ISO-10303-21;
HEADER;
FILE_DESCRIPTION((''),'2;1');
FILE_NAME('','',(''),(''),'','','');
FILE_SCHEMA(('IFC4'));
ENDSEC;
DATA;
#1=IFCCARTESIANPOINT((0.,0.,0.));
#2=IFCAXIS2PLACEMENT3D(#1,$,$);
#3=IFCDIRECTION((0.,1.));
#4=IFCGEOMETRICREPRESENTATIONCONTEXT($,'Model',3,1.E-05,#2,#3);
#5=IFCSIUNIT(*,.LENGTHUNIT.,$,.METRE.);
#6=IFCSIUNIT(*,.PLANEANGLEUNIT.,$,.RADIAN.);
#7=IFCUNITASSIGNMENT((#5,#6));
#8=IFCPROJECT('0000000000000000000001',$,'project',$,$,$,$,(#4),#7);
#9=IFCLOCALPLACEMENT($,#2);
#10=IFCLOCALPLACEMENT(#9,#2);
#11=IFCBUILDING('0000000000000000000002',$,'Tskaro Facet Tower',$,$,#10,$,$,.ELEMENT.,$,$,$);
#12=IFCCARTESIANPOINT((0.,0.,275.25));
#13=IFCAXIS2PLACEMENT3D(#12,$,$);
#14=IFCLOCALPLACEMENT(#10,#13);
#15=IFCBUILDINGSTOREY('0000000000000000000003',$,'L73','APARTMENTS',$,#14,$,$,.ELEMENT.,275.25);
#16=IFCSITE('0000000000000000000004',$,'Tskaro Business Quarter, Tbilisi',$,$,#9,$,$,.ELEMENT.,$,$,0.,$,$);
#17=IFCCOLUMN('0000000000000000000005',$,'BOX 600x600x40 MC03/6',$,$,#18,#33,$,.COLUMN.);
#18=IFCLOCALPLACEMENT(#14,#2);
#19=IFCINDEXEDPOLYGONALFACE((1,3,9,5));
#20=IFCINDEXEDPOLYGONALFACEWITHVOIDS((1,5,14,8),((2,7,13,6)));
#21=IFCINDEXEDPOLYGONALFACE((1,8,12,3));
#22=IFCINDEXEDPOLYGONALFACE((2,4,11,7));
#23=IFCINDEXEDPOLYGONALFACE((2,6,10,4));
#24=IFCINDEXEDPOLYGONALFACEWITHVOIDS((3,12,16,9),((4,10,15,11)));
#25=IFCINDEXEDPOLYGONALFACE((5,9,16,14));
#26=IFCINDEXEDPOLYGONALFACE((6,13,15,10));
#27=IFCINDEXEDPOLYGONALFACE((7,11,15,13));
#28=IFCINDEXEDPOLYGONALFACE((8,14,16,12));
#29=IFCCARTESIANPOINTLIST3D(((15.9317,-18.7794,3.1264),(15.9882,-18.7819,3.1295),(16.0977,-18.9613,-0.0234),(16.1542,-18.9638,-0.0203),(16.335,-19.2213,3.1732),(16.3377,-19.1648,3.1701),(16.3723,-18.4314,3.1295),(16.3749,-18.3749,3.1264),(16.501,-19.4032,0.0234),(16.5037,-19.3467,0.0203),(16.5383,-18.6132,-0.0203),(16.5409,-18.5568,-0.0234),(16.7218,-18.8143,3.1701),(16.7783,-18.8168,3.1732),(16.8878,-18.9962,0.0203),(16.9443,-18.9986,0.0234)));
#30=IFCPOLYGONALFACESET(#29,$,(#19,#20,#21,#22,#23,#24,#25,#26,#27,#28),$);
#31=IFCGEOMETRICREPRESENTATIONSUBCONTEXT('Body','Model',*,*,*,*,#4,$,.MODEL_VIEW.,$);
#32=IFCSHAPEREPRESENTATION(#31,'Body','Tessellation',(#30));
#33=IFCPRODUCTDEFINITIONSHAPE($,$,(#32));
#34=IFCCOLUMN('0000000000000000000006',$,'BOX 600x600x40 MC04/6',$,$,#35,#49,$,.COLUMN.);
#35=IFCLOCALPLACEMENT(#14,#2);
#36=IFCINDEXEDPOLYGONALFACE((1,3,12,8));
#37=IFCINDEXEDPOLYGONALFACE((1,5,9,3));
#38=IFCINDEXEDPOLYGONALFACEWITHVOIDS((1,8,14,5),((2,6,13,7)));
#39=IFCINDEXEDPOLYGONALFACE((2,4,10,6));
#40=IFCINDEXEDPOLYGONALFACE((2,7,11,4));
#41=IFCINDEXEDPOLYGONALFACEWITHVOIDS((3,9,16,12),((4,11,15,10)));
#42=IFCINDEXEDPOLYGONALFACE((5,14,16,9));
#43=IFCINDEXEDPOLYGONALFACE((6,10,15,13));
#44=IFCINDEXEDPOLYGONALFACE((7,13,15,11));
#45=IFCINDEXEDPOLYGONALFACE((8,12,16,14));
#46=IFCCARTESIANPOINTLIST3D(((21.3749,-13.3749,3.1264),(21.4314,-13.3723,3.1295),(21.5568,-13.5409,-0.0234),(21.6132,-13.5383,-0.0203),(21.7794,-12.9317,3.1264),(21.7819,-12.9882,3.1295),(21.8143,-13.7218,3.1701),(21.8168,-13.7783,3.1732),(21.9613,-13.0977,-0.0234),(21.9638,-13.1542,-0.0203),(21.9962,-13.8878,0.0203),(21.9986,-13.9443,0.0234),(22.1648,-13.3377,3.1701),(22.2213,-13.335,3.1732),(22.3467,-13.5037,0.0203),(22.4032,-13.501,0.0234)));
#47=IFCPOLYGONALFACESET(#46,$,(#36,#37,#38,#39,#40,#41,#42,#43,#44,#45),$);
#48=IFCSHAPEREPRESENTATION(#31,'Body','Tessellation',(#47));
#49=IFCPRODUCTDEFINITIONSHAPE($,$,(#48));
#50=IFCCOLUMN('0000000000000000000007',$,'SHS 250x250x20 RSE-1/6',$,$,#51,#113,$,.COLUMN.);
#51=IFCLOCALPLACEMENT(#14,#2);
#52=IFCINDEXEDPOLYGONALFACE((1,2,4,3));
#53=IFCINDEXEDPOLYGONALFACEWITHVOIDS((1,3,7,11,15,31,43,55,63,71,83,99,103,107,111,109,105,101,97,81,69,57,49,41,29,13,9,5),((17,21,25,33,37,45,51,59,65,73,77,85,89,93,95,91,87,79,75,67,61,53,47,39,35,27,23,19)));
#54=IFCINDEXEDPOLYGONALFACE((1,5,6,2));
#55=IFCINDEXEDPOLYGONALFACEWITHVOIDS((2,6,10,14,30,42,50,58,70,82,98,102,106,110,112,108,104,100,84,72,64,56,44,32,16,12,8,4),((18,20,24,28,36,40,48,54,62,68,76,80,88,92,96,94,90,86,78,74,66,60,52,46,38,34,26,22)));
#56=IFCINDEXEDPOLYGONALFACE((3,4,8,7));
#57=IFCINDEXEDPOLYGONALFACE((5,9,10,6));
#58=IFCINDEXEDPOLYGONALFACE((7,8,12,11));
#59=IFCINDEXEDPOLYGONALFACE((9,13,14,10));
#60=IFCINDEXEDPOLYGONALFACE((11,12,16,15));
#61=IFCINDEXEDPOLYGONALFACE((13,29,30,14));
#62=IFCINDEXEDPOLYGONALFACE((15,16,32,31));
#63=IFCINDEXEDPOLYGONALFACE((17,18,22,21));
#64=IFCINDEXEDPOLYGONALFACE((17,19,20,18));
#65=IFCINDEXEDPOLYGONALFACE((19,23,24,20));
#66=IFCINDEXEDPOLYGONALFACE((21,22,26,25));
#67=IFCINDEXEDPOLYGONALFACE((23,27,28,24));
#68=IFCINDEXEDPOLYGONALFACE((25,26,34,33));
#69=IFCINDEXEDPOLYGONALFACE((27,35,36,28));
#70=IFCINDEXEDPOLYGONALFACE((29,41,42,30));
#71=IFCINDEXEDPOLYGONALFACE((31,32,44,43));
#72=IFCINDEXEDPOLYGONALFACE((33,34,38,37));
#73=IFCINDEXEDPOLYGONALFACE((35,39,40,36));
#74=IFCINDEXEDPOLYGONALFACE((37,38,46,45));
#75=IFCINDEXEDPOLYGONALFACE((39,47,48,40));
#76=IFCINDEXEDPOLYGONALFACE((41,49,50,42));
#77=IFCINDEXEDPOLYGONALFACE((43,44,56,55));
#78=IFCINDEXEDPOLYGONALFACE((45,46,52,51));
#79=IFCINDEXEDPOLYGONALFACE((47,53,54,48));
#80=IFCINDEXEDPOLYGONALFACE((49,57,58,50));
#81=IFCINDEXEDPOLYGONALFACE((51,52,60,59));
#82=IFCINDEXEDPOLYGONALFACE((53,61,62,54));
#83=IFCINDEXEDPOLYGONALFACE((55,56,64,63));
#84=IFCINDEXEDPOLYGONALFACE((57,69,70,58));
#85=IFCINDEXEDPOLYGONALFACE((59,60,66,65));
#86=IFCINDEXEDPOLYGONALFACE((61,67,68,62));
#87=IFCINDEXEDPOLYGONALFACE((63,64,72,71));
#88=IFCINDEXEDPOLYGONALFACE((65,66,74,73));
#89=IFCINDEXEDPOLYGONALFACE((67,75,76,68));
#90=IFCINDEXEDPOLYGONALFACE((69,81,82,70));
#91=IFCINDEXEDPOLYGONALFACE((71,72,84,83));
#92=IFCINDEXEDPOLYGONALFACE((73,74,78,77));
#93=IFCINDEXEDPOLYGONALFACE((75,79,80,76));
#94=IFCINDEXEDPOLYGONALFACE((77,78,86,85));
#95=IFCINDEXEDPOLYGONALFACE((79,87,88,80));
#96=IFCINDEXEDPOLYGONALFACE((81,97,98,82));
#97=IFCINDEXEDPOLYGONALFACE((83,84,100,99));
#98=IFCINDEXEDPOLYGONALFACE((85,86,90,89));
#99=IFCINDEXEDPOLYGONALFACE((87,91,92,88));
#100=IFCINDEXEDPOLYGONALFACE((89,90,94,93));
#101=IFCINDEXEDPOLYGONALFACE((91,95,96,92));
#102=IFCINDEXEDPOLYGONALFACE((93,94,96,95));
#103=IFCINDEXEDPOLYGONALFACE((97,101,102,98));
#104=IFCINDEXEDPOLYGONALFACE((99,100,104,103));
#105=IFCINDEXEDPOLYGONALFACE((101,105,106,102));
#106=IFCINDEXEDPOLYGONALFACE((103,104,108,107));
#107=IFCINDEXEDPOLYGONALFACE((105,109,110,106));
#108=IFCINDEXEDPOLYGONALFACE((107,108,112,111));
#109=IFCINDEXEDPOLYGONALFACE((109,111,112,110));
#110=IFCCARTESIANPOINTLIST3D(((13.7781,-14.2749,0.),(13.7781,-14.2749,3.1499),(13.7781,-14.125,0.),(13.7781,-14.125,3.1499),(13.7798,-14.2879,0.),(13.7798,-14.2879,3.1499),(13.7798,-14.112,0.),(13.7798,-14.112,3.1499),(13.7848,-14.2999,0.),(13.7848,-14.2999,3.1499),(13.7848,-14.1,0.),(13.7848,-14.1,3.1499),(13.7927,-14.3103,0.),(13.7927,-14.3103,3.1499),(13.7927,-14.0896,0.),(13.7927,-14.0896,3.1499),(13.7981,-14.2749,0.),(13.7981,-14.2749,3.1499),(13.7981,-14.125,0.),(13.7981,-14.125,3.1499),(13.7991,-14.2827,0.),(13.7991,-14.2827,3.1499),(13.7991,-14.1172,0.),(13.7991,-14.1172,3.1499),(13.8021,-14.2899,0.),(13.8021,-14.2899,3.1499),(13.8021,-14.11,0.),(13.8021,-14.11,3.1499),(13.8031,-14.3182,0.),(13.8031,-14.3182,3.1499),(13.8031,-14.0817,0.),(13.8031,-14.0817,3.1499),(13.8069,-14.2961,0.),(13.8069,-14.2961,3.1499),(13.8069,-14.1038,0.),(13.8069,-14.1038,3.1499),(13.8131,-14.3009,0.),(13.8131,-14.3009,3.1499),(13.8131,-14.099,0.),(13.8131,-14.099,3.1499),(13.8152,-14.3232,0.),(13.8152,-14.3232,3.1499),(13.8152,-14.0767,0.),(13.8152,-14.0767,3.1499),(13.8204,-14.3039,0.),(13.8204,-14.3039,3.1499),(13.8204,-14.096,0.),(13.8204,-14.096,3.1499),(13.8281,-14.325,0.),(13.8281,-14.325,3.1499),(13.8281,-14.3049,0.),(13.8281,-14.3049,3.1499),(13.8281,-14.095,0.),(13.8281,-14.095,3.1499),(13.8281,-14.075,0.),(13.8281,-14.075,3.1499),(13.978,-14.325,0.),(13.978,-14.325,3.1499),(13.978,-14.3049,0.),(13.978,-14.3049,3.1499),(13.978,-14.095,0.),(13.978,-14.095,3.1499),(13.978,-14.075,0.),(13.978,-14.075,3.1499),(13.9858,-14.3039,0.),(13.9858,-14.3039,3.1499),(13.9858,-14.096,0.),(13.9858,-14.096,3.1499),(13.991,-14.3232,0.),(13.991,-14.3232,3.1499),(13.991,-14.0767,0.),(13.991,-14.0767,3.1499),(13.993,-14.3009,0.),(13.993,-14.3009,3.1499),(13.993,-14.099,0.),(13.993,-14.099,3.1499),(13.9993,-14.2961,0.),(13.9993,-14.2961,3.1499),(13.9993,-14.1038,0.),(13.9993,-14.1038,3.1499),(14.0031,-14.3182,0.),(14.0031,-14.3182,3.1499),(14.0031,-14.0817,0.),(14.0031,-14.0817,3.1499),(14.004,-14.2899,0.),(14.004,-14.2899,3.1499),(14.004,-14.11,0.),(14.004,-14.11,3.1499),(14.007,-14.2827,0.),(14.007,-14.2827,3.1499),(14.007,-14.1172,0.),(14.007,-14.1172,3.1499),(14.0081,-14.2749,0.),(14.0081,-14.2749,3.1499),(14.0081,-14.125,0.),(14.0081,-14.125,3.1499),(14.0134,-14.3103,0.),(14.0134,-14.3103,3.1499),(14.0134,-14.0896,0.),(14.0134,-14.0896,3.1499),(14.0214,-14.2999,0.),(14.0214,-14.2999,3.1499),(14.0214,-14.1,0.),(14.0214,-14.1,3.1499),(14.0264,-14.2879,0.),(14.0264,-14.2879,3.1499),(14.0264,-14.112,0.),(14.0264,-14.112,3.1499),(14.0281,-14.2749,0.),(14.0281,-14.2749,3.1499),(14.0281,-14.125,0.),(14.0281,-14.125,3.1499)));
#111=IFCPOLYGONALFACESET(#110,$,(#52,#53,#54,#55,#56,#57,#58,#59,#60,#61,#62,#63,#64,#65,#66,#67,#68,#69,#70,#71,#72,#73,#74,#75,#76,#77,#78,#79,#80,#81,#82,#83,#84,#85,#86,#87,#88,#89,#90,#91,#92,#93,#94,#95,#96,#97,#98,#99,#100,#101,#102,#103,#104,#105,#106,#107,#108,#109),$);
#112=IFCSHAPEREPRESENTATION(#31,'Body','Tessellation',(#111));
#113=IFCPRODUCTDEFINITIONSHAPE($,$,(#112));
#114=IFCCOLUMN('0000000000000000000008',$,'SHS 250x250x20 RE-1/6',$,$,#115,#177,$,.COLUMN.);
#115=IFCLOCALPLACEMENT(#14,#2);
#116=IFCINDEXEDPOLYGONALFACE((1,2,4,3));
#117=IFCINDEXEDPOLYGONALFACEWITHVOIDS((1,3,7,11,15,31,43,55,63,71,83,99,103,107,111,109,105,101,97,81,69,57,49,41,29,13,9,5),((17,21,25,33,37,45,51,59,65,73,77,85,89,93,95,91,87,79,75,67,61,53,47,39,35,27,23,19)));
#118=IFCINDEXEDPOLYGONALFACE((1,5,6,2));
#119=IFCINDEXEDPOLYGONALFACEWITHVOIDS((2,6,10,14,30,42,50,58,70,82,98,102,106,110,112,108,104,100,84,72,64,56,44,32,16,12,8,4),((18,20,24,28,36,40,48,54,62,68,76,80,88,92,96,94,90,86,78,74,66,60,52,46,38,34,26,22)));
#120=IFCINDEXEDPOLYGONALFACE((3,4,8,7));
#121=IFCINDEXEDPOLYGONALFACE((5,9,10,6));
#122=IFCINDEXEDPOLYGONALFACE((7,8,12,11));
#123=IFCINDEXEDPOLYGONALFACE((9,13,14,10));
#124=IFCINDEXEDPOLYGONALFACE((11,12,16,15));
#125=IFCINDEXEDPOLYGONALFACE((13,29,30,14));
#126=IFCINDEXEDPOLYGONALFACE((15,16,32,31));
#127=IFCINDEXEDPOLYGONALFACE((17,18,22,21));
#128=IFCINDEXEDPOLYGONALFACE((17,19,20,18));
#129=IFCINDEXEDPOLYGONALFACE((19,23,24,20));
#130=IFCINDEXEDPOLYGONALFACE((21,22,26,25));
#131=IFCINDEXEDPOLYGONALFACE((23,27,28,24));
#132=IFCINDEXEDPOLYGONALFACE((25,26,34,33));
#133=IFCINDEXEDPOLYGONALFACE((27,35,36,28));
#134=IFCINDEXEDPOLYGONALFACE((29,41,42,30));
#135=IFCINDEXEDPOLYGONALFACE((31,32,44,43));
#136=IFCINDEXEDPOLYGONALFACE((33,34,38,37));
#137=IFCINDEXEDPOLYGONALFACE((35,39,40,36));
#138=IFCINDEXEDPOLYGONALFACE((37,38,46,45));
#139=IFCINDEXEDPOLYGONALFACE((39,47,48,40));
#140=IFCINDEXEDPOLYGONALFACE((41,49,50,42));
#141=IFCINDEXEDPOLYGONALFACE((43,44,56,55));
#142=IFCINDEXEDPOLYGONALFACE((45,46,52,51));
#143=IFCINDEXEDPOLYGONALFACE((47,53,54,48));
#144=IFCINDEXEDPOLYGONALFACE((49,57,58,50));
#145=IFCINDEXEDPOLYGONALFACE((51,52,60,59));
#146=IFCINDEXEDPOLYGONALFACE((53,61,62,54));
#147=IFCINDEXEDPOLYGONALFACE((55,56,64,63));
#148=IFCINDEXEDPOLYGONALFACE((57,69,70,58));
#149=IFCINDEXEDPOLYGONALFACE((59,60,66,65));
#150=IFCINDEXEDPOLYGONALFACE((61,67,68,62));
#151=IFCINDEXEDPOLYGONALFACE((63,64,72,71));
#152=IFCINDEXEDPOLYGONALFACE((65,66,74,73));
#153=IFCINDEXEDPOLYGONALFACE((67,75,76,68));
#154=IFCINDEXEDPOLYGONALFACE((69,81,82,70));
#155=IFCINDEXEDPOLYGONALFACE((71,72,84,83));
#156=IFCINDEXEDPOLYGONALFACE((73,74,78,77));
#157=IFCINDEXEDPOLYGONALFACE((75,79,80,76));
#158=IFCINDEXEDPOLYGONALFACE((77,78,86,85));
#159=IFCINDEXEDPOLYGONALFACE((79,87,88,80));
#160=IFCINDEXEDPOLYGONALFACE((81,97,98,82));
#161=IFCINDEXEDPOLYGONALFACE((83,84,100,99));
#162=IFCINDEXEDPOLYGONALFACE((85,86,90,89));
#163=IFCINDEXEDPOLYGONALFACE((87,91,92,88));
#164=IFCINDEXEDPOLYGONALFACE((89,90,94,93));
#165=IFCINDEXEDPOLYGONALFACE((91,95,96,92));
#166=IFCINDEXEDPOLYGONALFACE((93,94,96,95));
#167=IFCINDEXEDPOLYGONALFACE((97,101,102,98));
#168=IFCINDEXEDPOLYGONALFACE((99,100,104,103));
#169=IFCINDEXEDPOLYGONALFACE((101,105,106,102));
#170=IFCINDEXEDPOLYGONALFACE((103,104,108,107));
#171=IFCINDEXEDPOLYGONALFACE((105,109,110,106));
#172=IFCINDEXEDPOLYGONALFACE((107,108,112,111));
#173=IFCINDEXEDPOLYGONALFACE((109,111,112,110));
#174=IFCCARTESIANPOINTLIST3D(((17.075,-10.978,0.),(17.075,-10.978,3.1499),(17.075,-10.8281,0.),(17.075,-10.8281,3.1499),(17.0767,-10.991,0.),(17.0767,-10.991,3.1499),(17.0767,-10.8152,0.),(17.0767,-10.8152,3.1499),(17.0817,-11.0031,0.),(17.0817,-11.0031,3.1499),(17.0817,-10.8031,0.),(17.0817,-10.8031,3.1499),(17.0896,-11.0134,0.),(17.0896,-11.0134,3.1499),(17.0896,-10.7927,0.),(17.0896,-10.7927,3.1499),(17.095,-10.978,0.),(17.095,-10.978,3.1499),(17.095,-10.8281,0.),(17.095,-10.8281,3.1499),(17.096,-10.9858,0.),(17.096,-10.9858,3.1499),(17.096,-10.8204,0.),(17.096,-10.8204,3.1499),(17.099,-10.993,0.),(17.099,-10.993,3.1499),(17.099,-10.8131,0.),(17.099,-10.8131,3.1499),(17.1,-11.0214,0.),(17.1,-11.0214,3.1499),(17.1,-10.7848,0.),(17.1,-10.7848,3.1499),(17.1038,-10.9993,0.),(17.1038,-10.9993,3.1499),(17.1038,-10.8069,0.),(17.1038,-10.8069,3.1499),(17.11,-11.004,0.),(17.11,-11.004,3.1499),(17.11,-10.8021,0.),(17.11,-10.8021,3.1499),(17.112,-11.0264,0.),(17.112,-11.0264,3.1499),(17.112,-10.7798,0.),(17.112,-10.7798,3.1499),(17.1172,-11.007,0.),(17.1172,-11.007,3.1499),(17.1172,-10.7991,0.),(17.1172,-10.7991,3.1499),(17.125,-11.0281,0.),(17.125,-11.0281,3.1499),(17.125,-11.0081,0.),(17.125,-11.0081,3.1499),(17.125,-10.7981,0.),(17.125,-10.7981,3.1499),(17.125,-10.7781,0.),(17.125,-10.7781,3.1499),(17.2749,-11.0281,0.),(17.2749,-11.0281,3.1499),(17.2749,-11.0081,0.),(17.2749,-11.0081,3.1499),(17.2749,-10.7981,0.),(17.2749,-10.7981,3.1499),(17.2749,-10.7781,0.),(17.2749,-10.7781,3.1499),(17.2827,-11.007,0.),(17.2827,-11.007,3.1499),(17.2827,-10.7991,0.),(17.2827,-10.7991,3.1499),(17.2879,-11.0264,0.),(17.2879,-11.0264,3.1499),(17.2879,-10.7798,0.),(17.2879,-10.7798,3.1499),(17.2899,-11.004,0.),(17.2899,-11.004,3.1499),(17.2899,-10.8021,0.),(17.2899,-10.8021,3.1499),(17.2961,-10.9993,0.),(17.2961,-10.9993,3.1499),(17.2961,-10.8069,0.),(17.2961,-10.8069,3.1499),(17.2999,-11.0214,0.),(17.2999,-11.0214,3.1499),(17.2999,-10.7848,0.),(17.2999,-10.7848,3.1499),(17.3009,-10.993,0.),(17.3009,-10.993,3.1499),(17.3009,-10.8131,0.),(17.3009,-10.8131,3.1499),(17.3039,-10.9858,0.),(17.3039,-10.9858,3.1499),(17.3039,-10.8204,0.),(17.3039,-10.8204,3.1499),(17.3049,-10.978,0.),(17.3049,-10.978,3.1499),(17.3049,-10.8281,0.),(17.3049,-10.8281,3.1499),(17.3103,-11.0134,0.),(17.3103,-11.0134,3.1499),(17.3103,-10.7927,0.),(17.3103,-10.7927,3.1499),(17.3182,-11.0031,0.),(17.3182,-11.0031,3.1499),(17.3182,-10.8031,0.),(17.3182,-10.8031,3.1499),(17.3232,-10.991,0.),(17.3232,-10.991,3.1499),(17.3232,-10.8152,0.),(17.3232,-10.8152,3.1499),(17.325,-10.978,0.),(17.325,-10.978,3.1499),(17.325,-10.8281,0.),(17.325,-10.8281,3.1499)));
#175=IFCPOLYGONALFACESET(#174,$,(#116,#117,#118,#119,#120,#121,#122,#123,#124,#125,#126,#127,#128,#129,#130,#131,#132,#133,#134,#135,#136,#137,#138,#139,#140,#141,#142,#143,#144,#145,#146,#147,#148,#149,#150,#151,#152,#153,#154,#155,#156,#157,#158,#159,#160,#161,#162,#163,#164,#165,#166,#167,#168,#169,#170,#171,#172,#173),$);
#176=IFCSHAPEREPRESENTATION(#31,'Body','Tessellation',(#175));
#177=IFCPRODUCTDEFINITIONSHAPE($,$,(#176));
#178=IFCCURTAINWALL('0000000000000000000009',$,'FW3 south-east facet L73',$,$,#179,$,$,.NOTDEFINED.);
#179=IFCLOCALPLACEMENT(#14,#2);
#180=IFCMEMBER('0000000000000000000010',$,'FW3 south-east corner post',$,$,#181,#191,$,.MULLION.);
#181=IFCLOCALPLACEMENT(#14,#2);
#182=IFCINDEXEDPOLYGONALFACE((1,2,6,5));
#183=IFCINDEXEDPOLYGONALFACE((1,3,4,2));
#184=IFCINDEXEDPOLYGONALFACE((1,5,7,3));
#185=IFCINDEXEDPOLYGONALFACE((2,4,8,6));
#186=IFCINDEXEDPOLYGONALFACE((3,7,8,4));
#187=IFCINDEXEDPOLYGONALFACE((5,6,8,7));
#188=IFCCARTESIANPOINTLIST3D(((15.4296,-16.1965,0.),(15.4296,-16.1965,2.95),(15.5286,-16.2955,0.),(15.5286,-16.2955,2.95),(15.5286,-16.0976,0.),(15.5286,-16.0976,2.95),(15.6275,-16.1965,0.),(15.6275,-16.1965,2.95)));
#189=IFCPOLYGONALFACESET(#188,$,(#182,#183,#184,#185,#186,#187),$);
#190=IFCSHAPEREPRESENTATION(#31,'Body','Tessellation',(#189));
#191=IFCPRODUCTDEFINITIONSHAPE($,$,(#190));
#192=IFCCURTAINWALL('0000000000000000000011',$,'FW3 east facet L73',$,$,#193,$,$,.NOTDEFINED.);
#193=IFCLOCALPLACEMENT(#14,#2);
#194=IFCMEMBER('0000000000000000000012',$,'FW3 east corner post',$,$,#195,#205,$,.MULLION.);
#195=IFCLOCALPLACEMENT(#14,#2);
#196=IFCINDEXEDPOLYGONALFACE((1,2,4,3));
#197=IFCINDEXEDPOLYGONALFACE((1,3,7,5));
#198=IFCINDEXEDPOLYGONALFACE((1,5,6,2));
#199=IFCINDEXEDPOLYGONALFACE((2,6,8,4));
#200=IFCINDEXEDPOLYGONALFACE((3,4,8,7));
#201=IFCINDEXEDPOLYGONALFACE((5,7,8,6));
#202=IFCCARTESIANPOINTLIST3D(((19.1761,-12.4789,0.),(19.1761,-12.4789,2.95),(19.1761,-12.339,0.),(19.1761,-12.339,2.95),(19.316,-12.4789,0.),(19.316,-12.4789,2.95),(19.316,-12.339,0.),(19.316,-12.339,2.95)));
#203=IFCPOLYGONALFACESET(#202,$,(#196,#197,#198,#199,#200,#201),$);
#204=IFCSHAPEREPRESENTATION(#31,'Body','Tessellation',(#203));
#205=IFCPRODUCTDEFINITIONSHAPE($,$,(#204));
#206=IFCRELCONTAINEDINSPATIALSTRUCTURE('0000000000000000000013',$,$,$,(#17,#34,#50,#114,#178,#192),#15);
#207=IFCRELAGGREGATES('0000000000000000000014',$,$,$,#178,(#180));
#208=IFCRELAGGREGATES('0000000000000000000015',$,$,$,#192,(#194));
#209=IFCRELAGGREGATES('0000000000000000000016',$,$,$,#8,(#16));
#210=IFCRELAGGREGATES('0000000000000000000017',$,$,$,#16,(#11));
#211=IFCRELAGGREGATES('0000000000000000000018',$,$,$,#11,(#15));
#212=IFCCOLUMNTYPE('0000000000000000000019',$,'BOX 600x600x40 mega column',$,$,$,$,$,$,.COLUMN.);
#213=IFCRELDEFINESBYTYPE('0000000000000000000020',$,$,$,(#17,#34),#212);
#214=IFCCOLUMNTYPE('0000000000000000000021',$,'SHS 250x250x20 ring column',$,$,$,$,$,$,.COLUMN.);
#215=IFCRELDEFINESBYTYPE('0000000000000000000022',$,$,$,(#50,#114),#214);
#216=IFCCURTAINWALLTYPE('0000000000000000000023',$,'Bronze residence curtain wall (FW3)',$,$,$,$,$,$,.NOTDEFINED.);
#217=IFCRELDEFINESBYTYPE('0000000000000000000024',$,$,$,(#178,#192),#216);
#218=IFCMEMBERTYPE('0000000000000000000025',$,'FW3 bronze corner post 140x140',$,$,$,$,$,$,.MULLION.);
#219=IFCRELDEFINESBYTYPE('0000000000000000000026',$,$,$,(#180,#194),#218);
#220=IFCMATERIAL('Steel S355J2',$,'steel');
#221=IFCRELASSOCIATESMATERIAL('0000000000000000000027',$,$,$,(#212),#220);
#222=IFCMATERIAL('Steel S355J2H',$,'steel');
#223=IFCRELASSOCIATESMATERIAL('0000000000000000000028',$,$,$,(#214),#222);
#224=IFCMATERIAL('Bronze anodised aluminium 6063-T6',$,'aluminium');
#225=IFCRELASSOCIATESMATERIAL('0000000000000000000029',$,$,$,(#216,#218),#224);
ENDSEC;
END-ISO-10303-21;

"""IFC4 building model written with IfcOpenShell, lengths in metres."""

from ifc_helpers import new_model, si_unit, direction, frame, origin, origin_2d, place, context, subcontext, project, spatial, rectangle, hollow_rectangle, extrude, material, material_profile, profile_set, type_object, element, aggregate, save


model = new_model("IFC4")

# Units and contexts
model_context = context("Model", 3, precision=1e-05, world=origin(), true_north=direction((0.0, 1.0)))
body_context = subcontext(model_context, "Body", "Model", "MODEL_VIEW")
ifc_project = project(units=[si_unit("LENGTHUNIT", "METRE"), si_unit("PLANEANGLEUNIT", "RADIAN")], contexts=[model_context])

# Site, building, storey
site_placement = place(None, origin())
site = spatial("IfcSite", under=ifc_project, at=site_placement, Name="Tskaro Business Quarter, Tbilisi", CompositionType="ELEMENT", RefElevation=0.0)
building_placement = place(site_placement, origin())
building = spatial("IfcBuilding", under=site, at=building_placement, Name="Tskaro Facet Tower", CompositionType="ELEMENT")
storey_placement = place(building_placement, frame((0.0, 0.0, 275.25)))
storey = spatial("IfcBuildingStorey", under=building, at=storey_placement, Name="L73", Description="APARTMENTS", CompositionType="ELEMENT", Elevation=275.25)

# Columns
ifc_material_1 = material(Name="Steel S355J2", Category="steel")
ifc_material_profile_1 = material_profile(ifc_material_1, hollow_rectangle(XDim=0.6001, YDim=0.6001, WallThickness=0.04, at=origin_2d()), Name="BOX 600x600x40")
ifc_profile_set_1 = profile_set([ifc_material_profile_1], Name="Steel S355J2")
column_type_1 = type_object("IfcColumnType", Name="BOX 600x600x40 mega column", PredefinedType="COLUMN", material=ifc_profile_set_1)
for number, where, z_axis, x_axis, name in (
    (1, (16.521, -18.98, 0.0), (-0.052545, 0.057567, 0.996958), (-0.738593, -0.674152, 0.0), "BOX 600x600x40 MC03/6"),
    (2, (21.98, -13.521, 0.0), (-0.057567, 0.052545, 0.996958), (-0.674152, -0.738593, 0.0), "BOX 600x600x40 MC04/6"),
):
    element("IfcColumn", number, at=place(storey_placement, frame(where, z_axis=z_axis, x_axis=x_axis)), inside=storey, type_object=column_type_1, Name=name, PredefinedType="COLUMN", context=body_context, shape_type="SweptSolid", body=[
        extrude(hollow_rectangle(XDim=0.6001, YDim=0.6001, WallThickness=0.04, at=origin_2d()), origin(), (0.0, 0.0, 1.0), 3.1594),
    ])
ifc_material_2 = material(Name="Steel S355J2H", Category="steel")
ifc_material_profile_2 = material_profile(ifc_material_2, hollow_rectangle(XDim=0.25, YDim=0.25, WallThickness=0.02, InnerFilletRadius=0.03, OuterFilletRadius=0.05, at=origin_2d()), Name="SHS 250x250x20")
ifc_profile_set_2 = profile_set([ifc_material_profile_2], Name="Steel S355J2H")
column_type_2 = type_object("IfcColumnType", Name="SHS 250x250x20 ring column", PredefinedType="COLUMN", material=ifc_profile_set_2)
for number, where, z_axis, x_axis, name in (
    (3, (13.9031, -14.2, 0.0), (0.0, 0.0, 1.0), (1.0, 0.0, 0.0), "SHS 250x250x20 RSE-1/6"),
    (4, (17.2, -10.9031, 0.0), (0.0, 0.0, 1.0), (1.0, 0.0, 0.0), "SHS 250x250x20 RE-1/6"),
):
    element("IfcColumn", number, at=place(storey_placement, frame(where, z_axis=z_axis, x_axis=x_axis)), inside=storey, type_object=column_type_2, Name=name, PredefinedType="COLUMN", context=body_context, shape_type="SweptSolid", body=[
        extrude(hollow_rectangle(XDim=0.25, YDim=0.25, WallThickness=0.02, InnerFilletRadius=0.03, OuterFilletRadius=0.05, at=origin_2d()), origin(), (0.0, 0.0, 1.0), 3.1499),
    ])

# Curtain walls, members
ifc_material_3 = material(Name="Bronze anodised aluminium 6063-T6", Category="aluminium")
curtain_wall_type = type_object("IfcCurtainWallType", Name="Bronze residence curtain wall (FW3)", PredefinedType="NOTDEFINED", material=ifc_material_3)
curtain_wall_1_placement = place(storey_placement, origin())
curtain_wall_1 = element("IfcCurtainWall", 5, at=curtain_wall_1_placement, inside=storey, type_object=curtain_wall_type, Name="FW3 south-east facet L73", PredefinedType="NOTDEFINED")
ifc_material_profile_3 = material_profile(ifc_material_3, rectangle(XDim=0.1399, YDim=0.1399, at=origin_2d()), Name="Corner post 140x140")
ifc_profile_set_3 = profile_set([ifc_material_profile_3], Name="Bronze anodised aluminium 6063-T6")
member_type_1 = type_object("IfcMemberType", Name="FW3 bronze corner post 140x140", PredefinedType="MULLION", material=ifc_profile_set_3)
member_1_placement = place(storey_placement, frame((15.5286, -16.1965, 0.0), z_axis=(0.0, 0.0, 1.0), x_axis=(0.707107, 0.707107, 0.0)))
member_1 = element("IfcMember", 6, at=member_1_placement, type_object=member_type_1, Name="FW3 south-east corner post", PredefinedType="MULLION", context=body_context, shape_type="SweptSolid", body=[
    extrude(rectangle(XDim=0.1399, YDim=0.1399, at=origin_2d()), origin(), (0.0, 0.0, 1.0), 2.95),
])
curtain_wall_2_placement = place(storey_placement, origin())
curtain_wall_2 = element("IfcCurtainWall", 7, at=curtain_wall_2_placement, inside=storey, type_object=curtain_wall_type, Name="FW3 east facet L73", PredefinedType="NOTDEFINED")
member_2_placement = place(storey_placement, frame((19.2461, -12.4089, 0.0), z_axis=(0.0, 0.0, 1.0), x_axis=(0.0, 1.0, 0.0)))
member_2 = element("IfcMember", 8, at=member_2_placement, type_object=member_type_1, Name="FW3 east corner post", PredefinedType="MULLION", context=body_context, shape_type="SweptSolid", body=[
    extrude(rectangle(XDim=0.1399, YDim=0.1399, at=origin_2d()), origin(), (0.0, 0.0, 1.0), 2.95),
])

aggregate(curtain_wall_1, [member_1])
aggregate(curtain_wall_2, [member_2])

save(model, "model.ifc")
